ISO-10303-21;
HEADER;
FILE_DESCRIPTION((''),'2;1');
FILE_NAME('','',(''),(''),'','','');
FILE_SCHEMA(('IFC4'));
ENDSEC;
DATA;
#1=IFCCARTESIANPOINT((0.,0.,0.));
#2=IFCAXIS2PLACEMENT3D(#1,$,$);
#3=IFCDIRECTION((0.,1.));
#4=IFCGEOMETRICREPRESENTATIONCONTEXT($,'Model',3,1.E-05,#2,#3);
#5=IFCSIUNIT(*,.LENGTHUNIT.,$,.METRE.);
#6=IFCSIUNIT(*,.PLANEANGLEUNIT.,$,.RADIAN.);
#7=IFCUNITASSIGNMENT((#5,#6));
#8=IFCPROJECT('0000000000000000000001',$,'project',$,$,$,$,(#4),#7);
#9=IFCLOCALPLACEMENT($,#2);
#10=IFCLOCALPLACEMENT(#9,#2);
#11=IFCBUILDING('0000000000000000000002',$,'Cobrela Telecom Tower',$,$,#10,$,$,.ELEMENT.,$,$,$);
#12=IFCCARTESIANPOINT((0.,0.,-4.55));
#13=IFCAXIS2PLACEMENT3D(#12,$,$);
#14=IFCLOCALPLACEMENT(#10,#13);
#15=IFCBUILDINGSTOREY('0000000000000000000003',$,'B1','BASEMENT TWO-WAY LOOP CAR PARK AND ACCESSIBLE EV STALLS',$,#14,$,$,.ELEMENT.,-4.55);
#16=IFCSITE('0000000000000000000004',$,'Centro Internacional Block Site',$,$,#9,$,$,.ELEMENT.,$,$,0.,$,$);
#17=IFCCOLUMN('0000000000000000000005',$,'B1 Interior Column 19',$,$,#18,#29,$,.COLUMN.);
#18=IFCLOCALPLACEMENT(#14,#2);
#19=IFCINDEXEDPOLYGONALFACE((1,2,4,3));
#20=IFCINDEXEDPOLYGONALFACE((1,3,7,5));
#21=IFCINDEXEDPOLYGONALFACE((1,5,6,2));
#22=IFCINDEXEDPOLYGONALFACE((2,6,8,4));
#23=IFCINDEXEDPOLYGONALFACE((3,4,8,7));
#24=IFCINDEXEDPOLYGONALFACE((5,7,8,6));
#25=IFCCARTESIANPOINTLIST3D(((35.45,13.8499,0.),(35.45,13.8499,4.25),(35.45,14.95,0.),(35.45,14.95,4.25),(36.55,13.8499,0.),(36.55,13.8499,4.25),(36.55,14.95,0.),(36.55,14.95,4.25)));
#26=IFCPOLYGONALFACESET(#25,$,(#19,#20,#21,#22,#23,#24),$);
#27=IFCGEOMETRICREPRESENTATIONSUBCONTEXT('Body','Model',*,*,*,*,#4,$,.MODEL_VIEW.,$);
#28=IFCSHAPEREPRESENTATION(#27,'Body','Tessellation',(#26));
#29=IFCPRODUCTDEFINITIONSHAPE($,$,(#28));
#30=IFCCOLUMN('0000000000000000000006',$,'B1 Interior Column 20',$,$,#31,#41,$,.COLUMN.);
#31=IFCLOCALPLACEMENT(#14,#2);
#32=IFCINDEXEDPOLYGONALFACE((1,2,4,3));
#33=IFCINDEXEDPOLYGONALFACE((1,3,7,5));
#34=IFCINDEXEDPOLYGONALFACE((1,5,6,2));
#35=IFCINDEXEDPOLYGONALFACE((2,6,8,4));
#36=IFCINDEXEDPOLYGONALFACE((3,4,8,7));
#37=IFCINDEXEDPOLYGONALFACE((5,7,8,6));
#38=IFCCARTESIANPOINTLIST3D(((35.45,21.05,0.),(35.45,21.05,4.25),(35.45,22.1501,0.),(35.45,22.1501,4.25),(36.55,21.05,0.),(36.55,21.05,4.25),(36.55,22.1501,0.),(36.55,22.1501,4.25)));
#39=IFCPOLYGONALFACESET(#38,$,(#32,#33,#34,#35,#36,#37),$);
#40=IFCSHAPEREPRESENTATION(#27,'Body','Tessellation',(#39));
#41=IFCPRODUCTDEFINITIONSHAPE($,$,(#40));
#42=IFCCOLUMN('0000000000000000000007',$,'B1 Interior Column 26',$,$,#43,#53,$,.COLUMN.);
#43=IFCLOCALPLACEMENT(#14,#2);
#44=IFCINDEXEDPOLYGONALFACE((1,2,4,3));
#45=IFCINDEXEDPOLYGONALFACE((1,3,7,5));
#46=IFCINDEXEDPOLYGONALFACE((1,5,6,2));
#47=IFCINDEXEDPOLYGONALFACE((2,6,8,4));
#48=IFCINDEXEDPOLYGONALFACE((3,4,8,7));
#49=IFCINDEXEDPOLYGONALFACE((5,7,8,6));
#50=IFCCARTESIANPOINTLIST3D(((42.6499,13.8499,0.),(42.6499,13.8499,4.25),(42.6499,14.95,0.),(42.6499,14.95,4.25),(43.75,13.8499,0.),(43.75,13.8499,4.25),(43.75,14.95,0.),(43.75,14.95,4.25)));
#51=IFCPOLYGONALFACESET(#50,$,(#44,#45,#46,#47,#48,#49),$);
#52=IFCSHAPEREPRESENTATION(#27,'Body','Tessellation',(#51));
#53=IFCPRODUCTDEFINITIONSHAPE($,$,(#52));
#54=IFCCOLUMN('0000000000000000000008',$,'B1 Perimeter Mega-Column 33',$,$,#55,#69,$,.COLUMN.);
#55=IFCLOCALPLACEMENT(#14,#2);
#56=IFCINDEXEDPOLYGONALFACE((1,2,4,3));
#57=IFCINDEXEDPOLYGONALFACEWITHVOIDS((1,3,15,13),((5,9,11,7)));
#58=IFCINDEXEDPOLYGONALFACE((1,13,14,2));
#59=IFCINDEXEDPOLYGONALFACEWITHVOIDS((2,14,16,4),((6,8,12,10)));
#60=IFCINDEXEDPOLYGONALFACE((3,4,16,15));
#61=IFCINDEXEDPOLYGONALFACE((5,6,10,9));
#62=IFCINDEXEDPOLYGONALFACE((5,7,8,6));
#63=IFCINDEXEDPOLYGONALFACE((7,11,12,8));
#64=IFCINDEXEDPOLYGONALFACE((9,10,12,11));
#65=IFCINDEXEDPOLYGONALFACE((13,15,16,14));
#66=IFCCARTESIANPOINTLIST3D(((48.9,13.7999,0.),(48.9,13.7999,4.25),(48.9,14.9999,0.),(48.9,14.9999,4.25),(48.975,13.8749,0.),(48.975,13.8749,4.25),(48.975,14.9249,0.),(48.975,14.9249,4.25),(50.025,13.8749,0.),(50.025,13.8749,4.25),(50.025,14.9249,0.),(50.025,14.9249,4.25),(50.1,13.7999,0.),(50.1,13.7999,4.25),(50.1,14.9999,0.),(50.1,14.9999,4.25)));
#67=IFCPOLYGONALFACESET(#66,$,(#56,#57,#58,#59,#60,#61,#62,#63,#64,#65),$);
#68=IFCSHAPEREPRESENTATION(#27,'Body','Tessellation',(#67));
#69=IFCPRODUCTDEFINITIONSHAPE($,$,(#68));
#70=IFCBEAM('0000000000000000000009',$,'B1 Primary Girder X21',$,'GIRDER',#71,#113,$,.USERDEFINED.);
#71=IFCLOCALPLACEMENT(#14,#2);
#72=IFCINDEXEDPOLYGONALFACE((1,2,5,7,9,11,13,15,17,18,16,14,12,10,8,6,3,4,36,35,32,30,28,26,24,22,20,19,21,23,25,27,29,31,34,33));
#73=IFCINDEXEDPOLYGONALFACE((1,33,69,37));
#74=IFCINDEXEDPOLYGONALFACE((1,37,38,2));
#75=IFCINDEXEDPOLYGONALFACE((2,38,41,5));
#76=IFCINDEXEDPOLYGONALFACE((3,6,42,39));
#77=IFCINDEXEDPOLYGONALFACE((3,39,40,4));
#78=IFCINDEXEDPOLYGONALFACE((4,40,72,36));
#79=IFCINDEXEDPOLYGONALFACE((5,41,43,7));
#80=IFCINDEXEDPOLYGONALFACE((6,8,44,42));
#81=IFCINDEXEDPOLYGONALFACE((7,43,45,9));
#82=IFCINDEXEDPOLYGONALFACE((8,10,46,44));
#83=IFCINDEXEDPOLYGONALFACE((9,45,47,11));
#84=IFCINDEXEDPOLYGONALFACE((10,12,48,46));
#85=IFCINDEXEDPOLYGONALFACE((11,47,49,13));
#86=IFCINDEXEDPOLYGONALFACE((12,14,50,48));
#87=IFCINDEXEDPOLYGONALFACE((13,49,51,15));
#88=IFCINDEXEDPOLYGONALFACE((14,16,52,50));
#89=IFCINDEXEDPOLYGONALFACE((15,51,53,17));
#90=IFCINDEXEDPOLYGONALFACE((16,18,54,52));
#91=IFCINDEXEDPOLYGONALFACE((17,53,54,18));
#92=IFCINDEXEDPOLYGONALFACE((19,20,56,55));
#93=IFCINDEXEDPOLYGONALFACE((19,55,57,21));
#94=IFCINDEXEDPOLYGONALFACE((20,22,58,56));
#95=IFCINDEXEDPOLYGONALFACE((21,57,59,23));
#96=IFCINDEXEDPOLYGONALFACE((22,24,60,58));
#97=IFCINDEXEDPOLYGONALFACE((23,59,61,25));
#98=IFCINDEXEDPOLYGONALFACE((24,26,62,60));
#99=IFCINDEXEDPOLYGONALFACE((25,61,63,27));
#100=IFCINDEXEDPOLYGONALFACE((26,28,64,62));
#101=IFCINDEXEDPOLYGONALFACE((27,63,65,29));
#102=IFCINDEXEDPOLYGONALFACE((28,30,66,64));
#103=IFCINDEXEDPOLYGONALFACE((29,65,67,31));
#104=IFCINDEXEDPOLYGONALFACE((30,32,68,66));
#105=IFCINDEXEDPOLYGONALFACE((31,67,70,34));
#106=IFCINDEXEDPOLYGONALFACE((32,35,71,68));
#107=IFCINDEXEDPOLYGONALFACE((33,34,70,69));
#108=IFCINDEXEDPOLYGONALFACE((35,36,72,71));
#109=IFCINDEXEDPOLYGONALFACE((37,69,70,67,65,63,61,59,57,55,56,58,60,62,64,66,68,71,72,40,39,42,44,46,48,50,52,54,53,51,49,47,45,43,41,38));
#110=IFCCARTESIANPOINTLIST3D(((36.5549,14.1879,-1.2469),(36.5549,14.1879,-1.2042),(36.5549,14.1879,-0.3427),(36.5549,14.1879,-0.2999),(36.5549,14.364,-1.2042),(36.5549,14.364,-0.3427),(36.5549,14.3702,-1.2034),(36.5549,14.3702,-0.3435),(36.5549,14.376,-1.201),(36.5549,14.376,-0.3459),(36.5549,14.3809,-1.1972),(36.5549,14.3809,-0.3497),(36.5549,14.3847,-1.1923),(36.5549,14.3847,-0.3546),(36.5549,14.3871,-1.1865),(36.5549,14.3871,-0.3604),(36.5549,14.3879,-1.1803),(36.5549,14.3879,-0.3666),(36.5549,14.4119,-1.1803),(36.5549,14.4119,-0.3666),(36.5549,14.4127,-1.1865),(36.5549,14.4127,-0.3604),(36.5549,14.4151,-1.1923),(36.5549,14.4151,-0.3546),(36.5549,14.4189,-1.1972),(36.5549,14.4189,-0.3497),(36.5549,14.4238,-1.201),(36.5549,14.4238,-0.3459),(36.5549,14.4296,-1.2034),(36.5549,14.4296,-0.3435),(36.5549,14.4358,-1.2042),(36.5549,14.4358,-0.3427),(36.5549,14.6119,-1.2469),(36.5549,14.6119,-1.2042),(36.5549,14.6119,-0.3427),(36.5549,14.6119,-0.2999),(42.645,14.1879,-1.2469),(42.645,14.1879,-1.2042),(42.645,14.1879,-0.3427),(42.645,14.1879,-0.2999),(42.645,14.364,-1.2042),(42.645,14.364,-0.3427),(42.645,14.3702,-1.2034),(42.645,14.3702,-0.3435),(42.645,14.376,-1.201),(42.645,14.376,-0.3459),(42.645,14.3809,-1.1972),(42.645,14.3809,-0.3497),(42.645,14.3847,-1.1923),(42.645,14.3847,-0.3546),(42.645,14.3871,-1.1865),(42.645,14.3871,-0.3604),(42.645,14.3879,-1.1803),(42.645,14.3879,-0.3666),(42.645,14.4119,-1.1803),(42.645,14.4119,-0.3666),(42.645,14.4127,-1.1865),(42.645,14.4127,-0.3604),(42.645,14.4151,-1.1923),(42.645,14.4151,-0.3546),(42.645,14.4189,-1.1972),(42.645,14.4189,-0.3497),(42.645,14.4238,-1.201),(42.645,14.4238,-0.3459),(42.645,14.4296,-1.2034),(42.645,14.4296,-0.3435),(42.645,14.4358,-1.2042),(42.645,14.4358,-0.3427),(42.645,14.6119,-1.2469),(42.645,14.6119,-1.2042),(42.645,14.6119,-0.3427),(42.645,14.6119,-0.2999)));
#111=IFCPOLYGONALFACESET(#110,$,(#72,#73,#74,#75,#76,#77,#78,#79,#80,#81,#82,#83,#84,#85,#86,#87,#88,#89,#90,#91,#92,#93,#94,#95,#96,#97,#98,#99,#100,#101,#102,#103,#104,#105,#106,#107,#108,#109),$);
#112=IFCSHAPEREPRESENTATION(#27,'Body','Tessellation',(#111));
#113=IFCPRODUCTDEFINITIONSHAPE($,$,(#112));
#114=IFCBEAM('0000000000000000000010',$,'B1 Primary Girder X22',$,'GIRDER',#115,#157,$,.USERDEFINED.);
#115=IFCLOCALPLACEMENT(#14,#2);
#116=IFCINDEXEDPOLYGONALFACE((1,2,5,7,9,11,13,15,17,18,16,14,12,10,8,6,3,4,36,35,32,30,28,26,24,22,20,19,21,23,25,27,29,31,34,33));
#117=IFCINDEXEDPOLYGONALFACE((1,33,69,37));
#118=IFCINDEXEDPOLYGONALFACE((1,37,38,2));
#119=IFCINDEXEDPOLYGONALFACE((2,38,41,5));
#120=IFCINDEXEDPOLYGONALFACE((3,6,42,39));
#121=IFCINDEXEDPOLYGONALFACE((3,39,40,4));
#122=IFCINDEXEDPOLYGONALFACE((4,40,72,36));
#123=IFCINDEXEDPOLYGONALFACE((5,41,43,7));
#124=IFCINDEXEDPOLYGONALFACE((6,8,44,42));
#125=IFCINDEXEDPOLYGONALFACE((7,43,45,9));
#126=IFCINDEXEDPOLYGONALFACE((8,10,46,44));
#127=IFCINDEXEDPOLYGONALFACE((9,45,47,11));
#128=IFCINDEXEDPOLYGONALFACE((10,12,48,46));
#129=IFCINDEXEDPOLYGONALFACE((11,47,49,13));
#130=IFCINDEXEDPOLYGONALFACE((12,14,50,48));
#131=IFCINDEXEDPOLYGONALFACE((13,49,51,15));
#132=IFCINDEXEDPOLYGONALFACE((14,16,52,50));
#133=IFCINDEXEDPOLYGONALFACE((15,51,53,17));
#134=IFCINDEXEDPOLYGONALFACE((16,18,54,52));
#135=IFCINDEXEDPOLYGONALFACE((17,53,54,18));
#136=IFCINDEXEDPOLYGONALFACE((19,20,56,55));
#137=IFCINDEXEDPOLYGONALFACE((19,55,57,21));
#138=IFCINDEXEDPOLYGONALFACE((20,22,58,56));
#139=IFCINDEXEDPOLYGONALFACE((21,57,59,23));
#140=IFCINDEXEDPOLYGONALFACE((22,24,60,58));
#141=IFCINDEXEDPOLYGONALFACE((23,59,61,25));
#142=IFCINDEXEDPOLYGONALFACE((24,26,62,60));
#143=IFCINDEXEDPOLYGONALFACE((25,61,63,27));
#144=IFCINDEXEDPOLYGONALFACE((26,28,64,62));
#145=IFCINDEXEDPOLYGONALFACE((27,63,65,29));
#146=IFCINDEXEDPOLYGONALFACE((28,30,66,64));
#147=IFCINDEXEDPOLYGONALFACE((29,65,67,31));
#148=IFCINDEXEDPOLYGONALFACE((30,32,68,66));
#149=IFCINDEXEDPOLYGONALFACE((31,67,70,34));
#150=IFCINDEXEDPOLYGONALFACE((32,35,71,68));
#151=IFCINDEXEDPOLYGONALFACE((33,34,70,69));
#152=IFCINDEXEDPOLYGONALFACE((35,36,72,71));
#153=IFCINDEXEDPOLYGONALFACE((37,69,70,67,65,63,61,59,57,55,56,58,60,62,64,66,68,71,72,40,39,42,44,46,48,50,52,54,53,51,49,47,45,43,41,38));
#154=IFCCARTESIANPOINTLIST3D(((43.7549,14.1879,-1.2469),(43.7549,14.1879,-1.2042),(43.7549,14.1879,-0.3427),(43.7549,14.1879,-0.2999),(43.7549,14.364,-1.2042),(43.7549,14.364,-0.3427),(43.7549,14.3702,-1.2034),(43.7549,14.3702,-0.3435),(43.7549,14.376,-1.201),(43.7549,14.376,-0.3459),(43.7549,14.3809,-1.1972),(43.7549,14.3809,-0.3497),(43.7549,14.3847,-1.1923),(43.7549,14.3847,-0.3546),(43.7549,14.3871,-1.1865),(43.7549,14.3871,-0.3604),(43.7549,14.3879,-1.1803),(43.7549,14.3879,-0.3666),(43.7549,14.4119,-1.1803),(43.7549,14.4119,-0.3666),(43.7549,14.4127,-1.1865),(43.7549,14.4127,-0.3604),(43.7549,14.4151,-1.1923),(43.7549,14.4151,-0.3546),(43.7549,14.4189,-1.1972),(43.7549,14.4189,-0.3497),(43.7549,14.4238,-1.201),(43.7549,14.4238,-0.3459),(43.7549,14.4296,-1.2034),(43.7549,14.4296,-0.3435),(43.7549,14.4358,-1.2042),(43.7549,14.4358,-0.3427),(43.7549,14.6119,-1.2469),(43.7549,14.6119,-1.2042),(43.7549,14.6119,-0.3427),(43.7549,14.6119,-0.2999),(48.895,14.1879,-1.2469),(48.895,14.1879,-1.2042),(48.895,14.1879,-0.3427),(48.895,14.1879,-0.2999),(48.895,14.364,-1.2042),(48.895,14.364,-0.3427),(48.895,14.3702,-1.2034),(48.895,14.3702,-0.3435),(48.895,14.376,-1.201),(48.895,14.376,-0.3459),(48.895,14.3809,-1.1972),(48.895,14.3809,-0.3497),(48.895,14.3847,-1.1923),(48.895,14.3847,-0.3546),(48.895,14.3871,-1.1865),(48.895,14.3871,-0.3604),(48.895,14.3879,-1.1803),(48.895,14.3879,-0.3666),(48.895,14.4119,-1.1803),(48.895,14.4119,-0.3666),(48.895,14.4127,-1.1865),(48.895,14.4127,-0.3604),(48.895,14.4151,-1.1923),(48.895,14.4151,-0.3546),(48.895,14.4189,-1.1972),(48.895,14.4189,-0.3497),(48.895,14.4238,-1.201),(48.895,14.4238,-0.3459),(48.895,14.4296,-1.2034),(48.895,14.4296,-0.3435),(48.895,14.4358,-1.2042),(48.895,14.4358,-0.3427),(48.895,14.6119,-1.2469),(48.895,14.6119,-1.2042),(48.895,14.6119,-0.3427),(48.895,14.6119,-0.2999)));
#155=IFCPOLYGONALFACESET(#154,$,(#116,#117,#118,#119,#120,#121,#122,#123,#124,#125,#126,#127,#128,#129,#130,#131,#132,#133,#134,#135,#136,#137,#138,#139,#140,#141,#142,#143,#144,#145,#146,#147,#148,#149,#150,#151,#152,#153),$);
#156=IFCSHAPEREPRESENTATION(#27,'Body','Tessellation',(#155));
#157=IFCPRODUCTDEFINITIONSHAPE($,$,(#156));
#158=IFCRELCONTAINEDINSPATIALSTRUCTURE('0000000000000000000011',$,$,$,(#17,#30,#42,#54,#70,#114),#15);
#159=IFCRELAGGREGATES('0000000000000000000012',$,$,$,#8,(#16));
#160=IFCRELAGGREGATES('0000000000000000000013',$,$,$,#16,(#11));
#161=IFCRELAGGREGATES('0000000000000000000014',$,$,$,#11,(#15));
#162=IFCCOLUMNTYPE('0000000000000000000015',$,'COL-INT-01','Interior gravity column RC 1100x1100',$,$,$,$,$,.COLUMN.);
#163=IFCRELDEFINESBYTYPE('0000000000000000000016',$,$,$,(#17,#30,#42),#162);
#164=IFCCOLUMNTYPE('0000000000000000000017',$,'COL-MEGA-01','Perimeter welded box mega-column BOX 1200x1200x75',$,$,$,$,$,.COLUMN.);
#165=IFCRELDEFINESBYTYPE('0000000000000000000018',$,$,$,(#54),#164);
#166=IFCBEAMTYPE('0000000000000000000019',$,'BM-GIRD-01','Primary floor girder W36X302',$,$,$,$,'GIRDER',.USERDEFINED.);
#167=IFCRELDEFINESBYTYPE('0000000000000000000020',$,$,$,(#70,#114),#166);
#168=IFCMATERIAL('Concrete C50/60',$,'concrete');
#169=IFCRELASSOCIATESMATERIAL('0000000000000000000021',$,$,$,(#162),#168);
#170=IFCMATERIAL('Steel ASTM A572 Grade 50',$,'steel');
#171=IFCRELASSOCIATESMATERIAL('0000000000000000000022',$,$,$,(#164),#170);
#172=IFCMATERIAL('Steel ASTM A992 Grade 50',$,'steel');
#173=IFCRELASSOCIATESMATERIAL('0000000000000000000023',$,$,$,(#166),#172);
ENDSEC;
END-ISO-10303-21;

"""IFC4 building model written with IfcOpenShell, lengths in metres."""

from ifc_helpers import new_model, si_unit, direction, frame, origin, origin_2d, place, context, subcontext, project, spatial, rectangle, hollow_rectangle, i_section, extrude, material, material_profile, profile_set, type_object, element, save


model = new_model("IFC4")

# Units and contexts
model_context = context("Model", 3, precision=1e-05, world=origin(), true_north=direction((0.0, 1.0)))
body_context = subcontext(model_context, "Body", "Model", "MODEL_VIEW")
ifc_project = project(units=[si_unit("LENGTHUNIT", "METRE"), si_unit("PLANEANGLEUNIT", "RADIAN")], contexts=[model_context])

# Site, building, storey
site_placement = place(None, origin())
site = spatial("IfcSite", under=ifc_project, at=site_placement, Name="Centro Internacional Block Site", CompositionType="ELEMENT", RefElevation=0.0)
building_placement = place(site_placement, origin())
building = spatial("IfcBuilding", under=site, at=building_placement, Name="Cobrela Telecom Tower", CompositionType="ELEMENT")
storey_placement = place(building_placement, frame((0.0, 0.0, -4.55)))
storey = spatial("IfcBuildingStorey", under=building, at=storey_placement, Name="B1", Description="BASEMENT TWO-WAY LOOP CAR PARK AND ACCESSIBLE EV STALLS", CompositionType="ELEMENT", Elevation=-4.55)

# Columns
ifc_material_1 = material(Name="Concrete C50/60", Category="concrete")
ifc_material_profile_1 = material_profile(ifc_material_1, rectangle(XDim=1.1001, YDim=1.1001, at=origin_2d()), Name="RC 1100x1100")
ifc_profile_set_1 = profile_set([ifc_material_profile_1], Name="Concrete C50/60")
column_type_1 = type_object("IfcColumnType", Name="COL-INT-01", Description="Interior gravity column RC 1100x1100", PredefinedType="COLUMN", material=ifc_profile_set_1)
for number, where, z_axis, x_axis, name in (
    (1, (36.0, 14.3999, 0.0), (0.0, 0.0, 1.0), (1.0, 0.0, 0.0), "B1 Interior Column 19"),
    (2, (36.0, 21.6001, 0.0), (0.0, 0.0, 1.0), (1.0, 0.0, 0.0), "B1 Interior Column 20"),
    (3, (43.2, 14.3999, 0.0), (0.0, 0.0, 1.0), (1.0, 0.0, 0.0), "B1 Interior Column 26"),
):
    element("IfcColumn", number, at=place(storey_placement, frame(where, z_axis=z_axis, x_axis=x_axis)), inside=storey, type_object=column_type_1, Name=name, PredefinedType="COLUMN", context=body_context, shape_type="SweptSolid", body=[
        extrude(rectangle(XDim=1.1001, YDim=1.1001, at=origin_2d()), origin(), (0.0, 0.0, 1.0), 4.25),
    ])
ifc_material_2 = material(Name="Steel ASTM A572 Grade 50", Category="steel")
ifc_material_profile_2 = material_profile(ifc_material_2, hollow_rectangle(XDim=1.2, YDim=1.2, WallThickness=0.075, at=origin_2d()), Name="BOX 1200x1200x75")
ifc_profile_set_2 = profile_set([ifc_material_profile_2], Name="Steel ASTM A572 Grade 50")
column_type_2 = type_object("IfcColumnType", Name="COL-MEGA-01", Description="Perimeter welded box mega-column BOX 1200x1200x75", PredefinedType="COLUMN", material=ifc_profile_set_2)
column_placement = place(storey_placement, frame((49.5, 14.3999, 0.0), z_axis=(0.0, 0.0, 1.0), x_axis=(1.0, 0.0, 0.0)))
element("IfcColumn", 4, at=column_placement, inside=storey, type_object=column_type_2, Name="B1 Perimeter Mega-Column 33", PredefinedType="COLUMN", context=body_context, shape_type="SweptSolid", body=[
    extrude(hollow_rectangle(XDim=1.2, YDim=1.2, WallThickness=0.075, at=origin_2d()), origin(), (0.0, 0.0, 1.0), 4.25),
])

# Beams
ifc_material_3 = material(Name="Steel ASTM A992 Grade 50", Category="steel")
ifc_material_profile_3 = material_profile(ifc_material_3, i_section(OverallWidth=0.4241, OverallDepth=0.947, WebThickness=0.0239, FlangeThickness=0.0427, FilletRadius=0.0239, at=origin_2d()), Name="W36X302")
ifc_profile_set_3 = profile_set([ifc_material_profile_3], Name="Steel ASTM A992 Grade 50")
beam_type_1 = type_object("IfcBeamType", Name="BM-GIRD-01", Description="Primary floor girder W36X302", ElementType="GIRDER", PredefinedType="USERDEFINED", material=ifc_profile_set_3)
beam_1_placement = place(storey_placement, frame((36.5549, 14.3999, -0.7734), z_axis=(1.0, 0.0, 0.0), x_axis=(0.0, 1.0, 0.0)))
element("IfcBeam", 5, at=beam_1_placement, inside=storey, type_object=beam_type_1, Name="B1 Primary Girder X21", ObjectType="GIRDER", PredefinedType="USERDEFINED", context=body_context, shape_type="SweptSolid", body=[
    extrude(i_section(OverallWidth=0.4241, OverallDepth=0.947, WebThickness=0.0239, FlangeThickness=0.0427, FilletRadius=0.0239, at=origin_2d()), origin(), (0.0, 0.0, 1.0), 6.0901),
])
beam_2_placement = place(storey_placement, frame((43.7549, 14.3999, -0.7734), z_axis=(1.0, 0.0, 0.0), x_axis=(0.0, 1.0, 0.0)))
element("IfcBeam", 6, at=beam_2_placement, inside=storey, type_object=beam_type_1, Name="B1 Primary Girder X22", ObjectType="GIRDER", PredefinedType="USERDEFINED", context=body_context, shape_type="SweptSolid", body=[
    extrude(i_section(OverallWidth=0.4241, OverallDepth=0.947, WebThickness=0.0239, FlangeThickness=0.0427, FilletRadius=0.0239, at=origin_2d()), origin(), (0.0, 0.0, 1.0), 5.1401),
])

save(model, "model.ifc")
